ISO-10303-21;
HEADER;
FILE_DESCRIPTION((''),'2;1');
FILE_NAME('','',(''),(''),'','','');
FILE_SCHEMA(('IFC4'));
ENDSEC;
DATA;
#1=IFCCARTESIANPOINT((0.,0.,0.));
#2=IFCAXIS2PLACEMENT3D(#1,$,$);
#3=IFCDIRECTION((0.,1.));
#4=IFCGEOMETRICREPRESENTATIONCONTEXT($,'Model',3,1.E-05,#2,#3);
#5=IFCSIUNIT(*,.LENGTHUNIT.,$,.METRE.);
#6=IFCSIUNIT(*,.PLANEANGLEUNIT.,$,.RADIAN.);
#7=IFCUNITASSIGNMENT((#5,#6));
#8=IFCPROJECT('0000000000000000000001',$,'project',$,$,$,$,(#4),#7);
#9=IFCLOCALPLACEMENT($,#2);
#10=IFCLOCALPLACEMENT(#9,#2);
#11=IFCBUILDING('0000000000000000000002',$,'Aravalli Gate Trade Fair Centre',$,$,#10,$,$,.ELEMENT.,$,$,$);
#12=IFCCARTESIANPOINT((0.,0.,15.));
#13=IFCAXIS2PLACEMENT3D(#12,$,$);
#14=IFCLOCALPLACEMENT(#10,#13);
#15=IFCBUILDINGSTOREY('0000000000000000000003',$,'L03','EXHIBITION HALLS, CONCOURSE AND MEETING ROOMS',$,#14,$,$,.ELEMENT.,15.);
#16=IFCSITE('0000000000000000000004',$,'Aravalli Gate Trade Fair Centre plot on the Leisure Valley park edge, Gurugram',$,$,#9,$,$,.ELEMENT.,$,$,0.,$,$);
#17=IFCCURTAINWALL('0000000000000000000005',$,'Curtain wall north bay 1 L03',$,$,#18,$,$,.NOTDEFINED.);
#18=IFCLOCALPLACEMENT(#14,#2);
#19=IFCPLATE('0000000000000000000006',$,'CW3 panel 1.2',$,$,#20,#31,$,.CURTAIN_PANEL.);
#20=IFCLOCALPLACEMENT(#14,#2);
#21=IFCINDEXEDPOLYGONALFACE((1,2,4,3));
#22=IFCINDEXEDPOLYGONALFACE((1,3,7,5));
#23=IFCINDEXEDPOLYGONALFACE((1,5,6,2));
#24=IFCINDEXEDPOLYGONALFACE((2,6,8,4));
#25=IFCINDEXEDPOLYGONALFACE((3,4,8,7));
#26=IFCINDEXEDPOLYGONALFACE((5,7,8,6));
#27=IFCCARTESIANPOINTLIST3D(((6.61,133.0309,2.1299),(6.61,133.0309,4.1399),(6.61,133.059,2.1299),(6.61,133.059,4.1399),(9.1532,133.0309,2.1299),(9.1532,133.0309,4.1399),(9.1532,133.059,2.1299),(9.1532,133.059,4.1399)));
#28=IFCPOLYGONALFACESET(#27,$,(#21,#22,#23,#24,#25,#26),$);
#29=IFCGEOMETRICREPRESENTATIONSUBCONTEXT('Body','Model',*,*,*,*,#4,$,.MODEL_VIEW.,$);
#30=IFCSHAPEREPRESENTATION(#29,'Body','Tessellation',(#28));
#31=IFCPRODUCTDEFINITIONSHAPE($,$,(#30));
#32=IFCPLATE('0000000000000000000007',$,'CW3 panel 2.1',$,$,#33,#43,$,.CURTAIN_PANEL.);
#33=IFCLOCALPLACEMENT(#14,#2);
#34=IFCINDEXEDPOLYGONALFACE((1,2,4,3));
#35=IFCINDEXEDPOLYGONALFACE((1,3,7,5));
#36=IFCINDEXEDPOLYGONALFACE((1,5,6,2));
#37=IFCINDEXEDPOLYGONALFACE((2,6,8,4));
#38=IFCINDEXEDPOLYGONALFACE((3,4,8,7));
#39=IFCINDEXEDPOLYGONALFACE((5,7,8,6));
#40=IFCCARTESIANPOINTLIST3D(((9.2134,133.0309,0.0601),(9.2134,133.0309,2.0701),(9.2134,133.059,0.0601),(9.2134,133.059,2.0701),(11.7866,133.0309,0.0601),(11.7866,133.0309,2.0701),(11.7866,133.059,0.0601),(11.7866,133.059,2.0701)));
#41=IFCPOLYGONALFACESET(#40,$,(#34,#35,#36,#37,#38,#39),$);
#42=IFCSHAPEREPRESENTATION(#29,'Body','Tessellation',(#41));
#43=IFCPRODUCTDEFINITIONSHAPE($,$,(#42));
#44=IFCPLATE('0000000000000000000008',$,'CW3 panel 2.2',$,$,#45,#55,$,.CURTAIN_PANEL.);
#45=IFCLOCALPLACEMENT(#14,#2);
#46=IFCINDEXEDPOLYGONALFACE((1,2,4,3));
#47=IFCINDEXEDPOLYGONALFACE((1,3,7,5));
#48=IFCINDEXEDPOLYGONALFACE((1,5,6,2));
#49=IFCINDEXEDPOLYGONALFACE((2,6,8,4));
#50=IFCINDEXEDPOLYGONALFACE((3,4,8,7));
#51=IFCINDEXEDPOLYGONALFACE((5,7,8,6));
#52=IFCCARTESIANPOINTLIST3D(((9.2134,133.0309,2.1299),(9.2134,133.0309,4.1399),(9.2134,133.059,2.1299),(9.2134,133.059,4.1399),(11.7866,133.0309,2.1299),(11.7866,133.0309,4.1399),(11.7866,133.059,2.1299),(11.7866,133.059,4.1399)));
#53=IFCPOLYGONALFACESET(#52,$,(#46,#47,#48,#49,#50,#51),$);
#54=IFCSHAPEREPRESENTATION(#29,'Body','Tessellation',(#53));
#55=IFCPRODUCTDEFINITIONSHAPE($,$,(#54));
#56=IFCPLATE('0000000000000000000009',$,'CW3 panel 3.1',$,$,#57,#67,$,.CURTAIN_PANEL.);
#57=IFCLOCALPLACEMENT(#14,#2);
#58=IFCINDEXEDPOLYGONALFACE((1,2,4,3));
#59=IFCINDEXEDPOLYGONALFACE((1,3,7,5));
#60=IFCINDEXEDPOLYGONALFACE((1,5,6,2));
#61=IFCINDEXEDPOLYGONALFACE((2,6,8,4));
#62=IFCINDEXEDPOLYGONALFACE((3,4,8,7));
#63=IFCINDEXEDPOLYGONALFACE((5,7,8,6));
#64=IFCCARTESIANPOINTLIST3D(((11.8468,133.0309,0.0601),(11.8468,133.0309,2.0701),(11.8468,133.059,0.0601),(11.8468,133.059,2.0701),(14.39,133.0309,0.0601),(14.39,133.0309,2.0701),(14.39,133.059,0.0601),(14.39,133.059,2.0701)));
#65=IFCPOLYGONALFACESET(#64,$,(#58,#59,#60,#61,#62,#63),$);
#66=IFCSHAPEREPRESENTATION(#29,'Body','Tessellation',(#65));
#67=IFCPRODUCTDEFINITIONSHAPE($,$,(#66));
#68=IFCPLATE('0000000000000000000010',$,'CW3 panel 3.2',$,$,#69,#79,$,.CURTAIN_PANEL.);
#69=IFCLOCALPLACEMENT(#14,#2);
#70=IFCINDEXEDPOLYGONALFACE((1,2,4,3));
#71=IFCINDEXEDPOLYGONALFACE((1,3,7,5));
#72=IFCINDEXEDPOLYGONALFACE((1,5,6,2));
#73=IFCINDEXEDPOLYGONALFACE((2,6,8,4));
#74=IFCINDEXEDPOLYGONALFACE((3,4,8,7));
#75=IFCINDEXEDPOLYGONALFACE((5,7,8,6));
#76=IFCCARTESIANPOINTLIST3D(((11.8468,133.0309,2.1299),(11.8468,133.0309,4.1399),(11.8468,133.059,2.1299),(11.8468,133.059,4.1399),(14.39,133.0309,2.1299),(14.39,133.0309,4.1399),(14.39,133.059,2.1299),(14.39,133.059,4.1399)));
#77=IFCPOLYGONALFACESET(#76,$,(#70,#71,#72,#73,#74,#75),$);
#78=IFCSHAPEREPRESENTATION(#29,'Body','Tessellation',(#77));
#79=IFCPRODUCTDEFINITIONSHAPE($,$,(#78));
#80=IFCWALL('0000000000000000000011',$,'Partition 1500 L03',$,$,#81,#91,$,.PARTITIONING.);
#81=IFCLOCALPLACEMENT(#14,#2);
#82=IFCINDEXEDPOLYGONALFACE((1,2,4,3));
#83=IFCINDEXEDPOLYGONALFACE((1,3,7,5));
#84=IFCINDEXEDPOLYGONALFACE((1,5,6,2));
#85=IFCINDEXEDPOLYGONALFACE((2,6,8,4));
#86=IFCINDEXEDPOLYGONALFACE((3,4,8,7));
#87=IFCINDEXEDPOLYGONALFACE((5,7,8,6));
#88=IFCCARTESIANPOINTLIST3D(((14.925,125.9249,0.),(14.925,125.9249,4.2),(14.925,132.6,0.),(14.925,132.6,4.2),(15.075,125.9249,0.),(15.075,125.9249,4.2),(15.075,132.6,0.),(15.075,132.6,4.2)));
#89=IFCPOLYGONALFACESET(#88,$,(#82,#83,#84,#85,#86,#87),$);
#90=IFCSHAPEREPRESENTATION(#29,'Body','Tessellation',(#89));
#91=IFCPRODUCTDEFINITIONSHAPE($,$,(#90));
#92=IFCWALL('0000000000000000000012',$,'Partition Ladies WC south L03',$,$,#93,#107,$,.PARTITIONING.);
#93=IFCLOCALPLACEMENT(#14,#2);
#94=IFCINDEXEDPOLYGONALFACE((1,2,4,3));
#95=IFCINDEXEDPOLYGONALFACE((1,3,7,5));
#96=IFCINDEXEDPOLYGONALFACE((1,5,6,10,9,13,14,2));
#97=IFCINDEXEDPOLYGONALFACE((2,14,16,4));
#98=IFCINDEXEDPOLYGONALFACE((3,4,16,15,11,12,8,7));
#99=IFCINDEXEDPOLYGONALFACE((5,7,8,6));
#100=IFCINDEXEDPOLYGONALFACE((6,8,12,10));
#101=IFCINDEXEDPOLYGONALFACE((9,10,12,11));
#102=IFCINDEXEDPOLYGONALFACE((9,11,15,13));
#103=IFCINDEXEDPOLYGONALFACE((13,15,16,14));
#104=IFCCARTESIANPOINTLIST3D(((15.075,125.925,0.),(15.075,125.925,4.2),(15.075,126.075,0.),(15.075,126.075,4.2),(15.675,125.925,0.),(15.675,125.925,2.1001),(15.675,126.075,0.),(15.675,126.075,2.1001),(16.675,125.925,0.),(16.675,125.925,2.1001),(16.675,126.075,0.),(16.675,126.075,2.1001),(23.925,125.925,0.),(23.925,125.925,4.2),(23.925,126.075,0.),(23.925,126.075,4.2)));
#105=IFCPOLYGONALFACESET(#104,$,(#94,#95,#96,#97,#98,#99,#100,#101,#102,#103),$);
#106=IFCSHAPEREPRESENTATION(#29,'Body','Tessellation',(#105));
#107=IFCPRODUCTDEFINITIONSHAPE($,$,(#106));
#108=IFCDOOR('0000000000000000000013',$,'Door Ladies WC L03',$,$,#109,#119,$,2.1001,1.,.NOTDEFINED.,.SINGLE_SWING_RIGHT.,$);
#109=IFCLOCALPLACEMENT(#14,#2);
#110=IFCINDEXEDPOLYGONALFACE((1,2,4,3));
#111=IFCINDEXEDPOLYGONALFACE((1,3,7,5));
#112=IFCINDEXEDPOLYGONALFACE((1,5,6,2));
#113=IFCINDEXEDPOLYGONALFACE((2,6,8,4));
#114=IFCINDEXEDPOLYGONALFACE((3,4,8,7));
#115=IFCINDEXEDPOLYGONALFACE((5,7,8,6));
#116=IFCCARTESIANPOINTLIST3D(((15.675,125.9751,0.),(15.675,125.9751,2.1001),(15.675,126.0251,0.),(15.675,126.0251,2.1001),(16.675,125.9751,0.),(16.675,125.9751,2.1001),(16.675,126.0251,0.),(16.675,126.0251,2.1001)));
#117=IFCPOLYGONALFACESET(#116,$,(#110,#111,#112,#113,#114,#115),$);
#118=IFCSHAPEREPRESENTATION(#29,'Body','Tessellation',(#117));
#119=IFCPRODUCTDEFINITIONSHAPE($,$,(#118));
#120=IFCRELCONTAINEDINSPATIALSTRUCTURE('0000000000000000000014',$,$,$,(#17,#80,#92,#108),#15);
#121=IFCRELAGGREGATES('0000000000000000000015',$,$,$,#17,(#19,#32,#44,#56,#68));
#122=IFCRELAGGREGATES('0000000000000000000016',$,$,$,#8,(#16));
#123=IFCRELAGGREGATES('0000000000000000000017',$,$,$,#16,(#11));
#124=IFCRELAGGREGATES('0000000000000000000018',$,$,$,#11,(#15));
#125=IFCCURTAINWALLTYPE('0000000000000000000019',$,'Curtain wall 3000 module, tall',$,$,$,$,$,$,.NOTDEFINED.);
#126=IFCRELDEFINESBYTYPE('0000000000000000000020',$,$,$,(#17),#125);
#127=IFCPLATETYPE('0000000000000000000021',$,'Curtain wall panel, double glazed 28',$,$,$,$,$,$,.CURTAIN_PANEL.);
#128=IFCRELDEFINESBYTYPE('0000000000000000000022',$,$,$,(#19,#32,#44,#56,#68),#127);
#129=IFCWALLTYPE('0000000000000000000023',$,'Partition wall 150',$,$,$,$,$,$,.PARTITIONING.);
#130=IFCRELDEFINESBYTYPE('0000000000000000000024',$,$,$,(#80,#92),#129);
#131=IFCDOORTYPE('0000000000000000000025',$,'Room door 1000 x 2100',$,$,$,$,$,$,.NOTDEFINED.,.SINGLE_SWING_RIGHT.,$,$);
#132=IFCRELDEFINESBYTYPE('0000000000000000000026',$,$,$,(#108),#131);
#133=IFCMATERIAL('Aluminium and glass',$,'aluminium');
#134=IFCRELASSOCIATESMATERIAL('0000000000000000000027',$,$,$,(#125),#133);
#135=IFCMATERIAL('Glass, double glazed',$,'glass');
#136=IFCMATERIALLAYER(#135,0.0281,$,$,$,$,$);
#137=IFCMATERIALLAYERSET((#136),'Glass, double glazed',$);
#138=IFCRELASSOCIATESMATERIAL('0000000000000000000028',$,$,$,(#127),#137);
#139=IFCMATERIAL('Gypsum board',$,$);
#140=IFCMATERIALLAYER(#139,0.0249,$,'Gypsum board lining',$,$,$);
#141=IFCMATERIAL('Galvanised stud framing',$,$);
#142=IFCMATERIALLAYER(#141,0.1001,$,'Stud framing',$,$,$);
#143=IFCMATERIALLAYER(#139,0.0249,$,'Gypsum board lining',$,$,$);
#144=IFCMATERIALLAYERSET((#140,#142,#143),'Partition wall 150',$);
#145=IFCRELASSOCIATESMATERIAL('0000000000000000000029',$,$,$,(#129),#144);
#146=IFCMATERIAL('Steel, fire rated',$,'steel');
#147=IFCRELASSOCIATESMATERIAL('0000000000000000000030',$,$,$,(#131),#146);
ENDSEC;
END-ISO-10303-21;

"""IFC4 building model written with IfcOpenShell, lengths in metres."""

from ifc_helpers import new_model, si_unit, direction, frame, frame_2d, origin, origin_2d, place, context, subcontext, project, spatial, rectangle, extrude, material, layer, layer_set, type_object, element, fill, aggregate, save


model = new_model("IFC4")

# Units and contexts
model_context = context("Model", 3, precision=1e-05, world=origin(), true_north=direction((0.0, 1.0)))
body_context = subcontext(model_context, "Body", "Model", "MODEL_VIEW")
ifc_project = project(units=[si_unit("LENGTHUNIT", "METRE"), si_unit("PLANEANGLEUNIT", "RADIAN")], contexts=[model_context])

# Site, building, storey
site_placement = place(None, origin())
site = spatial("IfcSite", under=ifc_project, at=site_placement, Name="Aravalli Gate Trade Fair Centre plot on the Leisure Valley park edge, Gurugram", CompositionType="ELEMENT", RefElevation=0.0)
building_placement = place(site_placement, origin())
building = spatial("IfcBuilding", under=site, at=building_placement, Name="Aravalli Gate Trade Fair Centre", CompositionType="ELEMENT")
storey_placement = place(building_placement, frame((0.0, 0.0, 15.0)))
storey = spatial("IfcBuildingStorey", under=building, at=storey_placement, Name="L03", Description="EXHIBITION HALLS, CONCOURSE AND MEETING ROOMS", CompositionType="ELEMENT", Elevation=15.0)

# Curtain wall
ifc_material_1 = material(Name="Aluminium and glass", Category="aluminium")
curtain_wall_type = type_object("IfcCurtainWallType", Name="Curtain wall 3000 module, tall", PredefinedType="NOTDEFINED", material=ifc_material_1)
curtain_wall_1_placement = place(storey_placement, origin())
curtain_wall_1 = element("IfcCurtainWall", 1, at=curtain_wall_1_placement, inside=storey, type_object=curtain_wall_type, Name="Curtain wall north bay 1 L03", PredefinedType="NOTDEFINED")

# Plates
ifc_material_2 = material(Name="Glass, double glazed", Category="glass")
ifc_layer_1 = layer(ifc_material_2, 0.0281)
ifc_layer_set_1 = layer_set([ifc_layer_1], Name="Glass, double glazed")
plate_type = type_object("IfcPlateType", Name="Curtain wall panel, double glazed 28", PredefinedType="CURTAIN_PANEL", material=ifc_layer_set_1)
plate_1_placement = place(storey_placement, frame((7.8816, 133.0449, 2.1299), z_axis=(0.0, 0.0, 1.0), x_axis=(1.0, 0.0, 0.0)))
plate_1 = element("IfcPlate", 2, at=plate_1_placement, type_object=plate_type, Name="CW3 panel 1.2", PredefinedType="CURTAIN_PANEL", context=body_context, shape_type="SweptSolid", body=[
    extrude(rectangle(XDim=2.5432, YDim=0.0281, at=origin_2d()), origin(), (0.0, 0.0, 1.0), 2.01),
])
plate_2_placement = place(storey_placement, frame((10.5, 133.0449, 0.0601), z_axis=(0.0, 0.0, 1.0), x_axis=(1.0, 0.0, 0.0)))
plate_2 = element("IfcPlate", 3, at=plate_2_placement, type_object=plate_type, Name="CW3 panel 2.1", PredefinedType="CURTAIN_PANEL", context=body_context, shape_type="SweptSolid", body=[
    extrude(rectangle(XDim=2.5732, YDim=0.0281, at=origin_2d()), origin(), (0.0, 0.0, 1.0), 2.01),
])
plate_3_placement = place(storey_placement, frame((10.5, 133.0449, 2.1299), z_axis=(0.0, 0.0, 1.0), x_axis=(1.0, 0.0, 0.0)))
plate_3 = element("IfcPlate", 4, at=plate_3_placement, type_object=plate_type, Name="CW3 panel 2.2", PredefinedType="CURTAIN_PANEL", context=body_context, shape_type="SweptSolid", body=[
    extrude(rectangle(XDim=2.5732, YDim=0.0281, at=origin_2d()), origin(), (0.0, 0.0, 1.0), 2.01),
])
plate_4_placement = place(storey_placement, frame((13.1184, 133.0449, 0.0601), z_axis=(0.0, 0.0, 1.0), x_axis=(1.0, 0.0, 0.0)))
plate_4 = element("IfcPlate", 5, at=plate_4_placement, type_object=plate_type, Name="CW3 panel 3.1", PredefinedType="CURTAIN_PANEL", context=body_context, shape_type="SweptSolid", body=[
    extrude(rectangle(XDim=2.5432, YDim=0.0281, at=origin_2d()), origin(), (0.0, 0.0, 1.0), 2.01),
])
plate_5_placement = place(storey_placement, frame((13.1184, 133.0449, 2.1299), z_axis=(0.0, 0.0, 1.0), x_axis=(1.0, 0.0, 0.0)))
plate_5 = element("IfcPlate", 6, at=plate_5_placement, type_object=plate_type, Name="CW3 panel 3.2", PredefinedType="CURTAIN_PANEL", context=body_context, shape_type="SweptSolid", body=[
    extrude(rectangle(XDim=2.5432, YDim=0.0281, at=origin_2d()), origin(), (0.0, 0.0, 1.0), 2.01),
])
aggregate(curtain_wall_1, [plate_1, plate_2, plate_3, plate_4, plate_5])

# Wall
ifc_material_3 = material(Name="Gypsum board")
ifc_layer_2 = layer(ifc_material_3, 0.0249, Name="Gypsum board lining")
ifc_material_4 = material(Name="Galvanised stud framing")
ifc_layer_3 = layer(ifc_material_4, 0.1001, Name="Stud framing")
ifc_layer_4 = layer(ifc_material_3, 0.0249, Name="Gypsum board lining")
ifc_layer_set_2 = layer_set([ifc_layer_2, ifc_layer_3, ifc_layer_4], Name="Partition wall 150")
wall_type = type_object("IfcWallType", Name="Partition wall 150", PredefinedType="PARTITIONING", material=ifc_layer_set_2)
wall_1_placement = place(storey_placement, frame((15.0, 125.925, 0.0), z_axis=(0.0, 0.0, 1.0), x_axis=(0.0, 1.0, 0.0)))
element("IfcWall", 7, at=wall_1_placement, inside=storey, type_object=wall_type, Name="Partition 1500 L03", PredefinedType="PARTITIONING", context=body_context, shape_type="SweptSolid", body=[
    extrude(rectangle(XDim=6.675, YDim=0.1499, at=frame_2d((3.3374, 0.0))), origin(), (0.0, 0.0, 1.0), 4.2),
])

# Wall, opening, door
wall_2_placement = place(storey_placement, frame((15.075, 126.0, 0.0), z_axis=(0.0, 0.0, 1.0), x_axis=(1.0, 0.0, 0.0)))
wall_2 = element("IfcWall", 8, at=wall_2_placement, inside=storey, type_object=wall_type, Name="Partition Ladies WC south L03", PredefinedType="PARTITIONING", context=body_context, shape_type="SweptSolid", body=[
    extrude(rectangle(XDim=8.8501, YDim=0.1499, at=frame_2d((4.425, 0.0))), origin(), (0.0, 0.0, 1.0), 4.2),
])
opening_placement = place(wall_2_placement, frame((0.6001, 0.0, 0.0)))
opening = element("IfcOpeningElement", 9, at=opening_placement, cuts=wall_2, PredefinedType="OPENING", context=body_context, shape_type="SweptSolid", body=[
    extrude(rectangle(XDim=1.0, YDim=2.1001, at=frame_2d((0.5, 1.05))), frame((0.0, 0.085, 0.0), z_axis=(0.0, -1.0, 0.0), x_axis=(1.0, 0.0, 0.0)), (0.0, 0.0, 1.0), 0.1699),
])
ifc_material_5 = material(Name="Steel, fire rated", Category="steel")
door_type = type_object("IfcDoorType", Name="Room door 1000 x 2100", OperationType="SINGLE_SWING_RIGHT", PredefinedType="NOTDEFINED", material=ifc_material_5)
door_placement = place(opening_placement, frame((1.0, 0.0, 0.0), z_axis=(0.0, 0.0, 1.0), x_axis=(-1.0, 0.0, 0.0)))
door = element("IfcDoor", 10, at=door_placement, inside=storey, type_object=door_type, Name="Door Ladies WC L03", OperationType="SINGLE_SWING_RIGHT", OverallHeight=2.1001, OverallWidth=1.0, PredefinedType="NOTDEFINED", context=body_context, shape_type="SweptSolid", body=[
    extrude(rectangle(XDim=1.0, YDim=2.1001, at=frame_2d((0.5, 1.05))), frame((0.0, 0.0249, 0.0), z_axis=(0.0, -1.0, 0.0), x_axis=(1.0, 0.0, 0.0)), (0.0, 0.0, 1.0), 0.05),
])
fill(opening, door)

save(model, "model.ifc")
